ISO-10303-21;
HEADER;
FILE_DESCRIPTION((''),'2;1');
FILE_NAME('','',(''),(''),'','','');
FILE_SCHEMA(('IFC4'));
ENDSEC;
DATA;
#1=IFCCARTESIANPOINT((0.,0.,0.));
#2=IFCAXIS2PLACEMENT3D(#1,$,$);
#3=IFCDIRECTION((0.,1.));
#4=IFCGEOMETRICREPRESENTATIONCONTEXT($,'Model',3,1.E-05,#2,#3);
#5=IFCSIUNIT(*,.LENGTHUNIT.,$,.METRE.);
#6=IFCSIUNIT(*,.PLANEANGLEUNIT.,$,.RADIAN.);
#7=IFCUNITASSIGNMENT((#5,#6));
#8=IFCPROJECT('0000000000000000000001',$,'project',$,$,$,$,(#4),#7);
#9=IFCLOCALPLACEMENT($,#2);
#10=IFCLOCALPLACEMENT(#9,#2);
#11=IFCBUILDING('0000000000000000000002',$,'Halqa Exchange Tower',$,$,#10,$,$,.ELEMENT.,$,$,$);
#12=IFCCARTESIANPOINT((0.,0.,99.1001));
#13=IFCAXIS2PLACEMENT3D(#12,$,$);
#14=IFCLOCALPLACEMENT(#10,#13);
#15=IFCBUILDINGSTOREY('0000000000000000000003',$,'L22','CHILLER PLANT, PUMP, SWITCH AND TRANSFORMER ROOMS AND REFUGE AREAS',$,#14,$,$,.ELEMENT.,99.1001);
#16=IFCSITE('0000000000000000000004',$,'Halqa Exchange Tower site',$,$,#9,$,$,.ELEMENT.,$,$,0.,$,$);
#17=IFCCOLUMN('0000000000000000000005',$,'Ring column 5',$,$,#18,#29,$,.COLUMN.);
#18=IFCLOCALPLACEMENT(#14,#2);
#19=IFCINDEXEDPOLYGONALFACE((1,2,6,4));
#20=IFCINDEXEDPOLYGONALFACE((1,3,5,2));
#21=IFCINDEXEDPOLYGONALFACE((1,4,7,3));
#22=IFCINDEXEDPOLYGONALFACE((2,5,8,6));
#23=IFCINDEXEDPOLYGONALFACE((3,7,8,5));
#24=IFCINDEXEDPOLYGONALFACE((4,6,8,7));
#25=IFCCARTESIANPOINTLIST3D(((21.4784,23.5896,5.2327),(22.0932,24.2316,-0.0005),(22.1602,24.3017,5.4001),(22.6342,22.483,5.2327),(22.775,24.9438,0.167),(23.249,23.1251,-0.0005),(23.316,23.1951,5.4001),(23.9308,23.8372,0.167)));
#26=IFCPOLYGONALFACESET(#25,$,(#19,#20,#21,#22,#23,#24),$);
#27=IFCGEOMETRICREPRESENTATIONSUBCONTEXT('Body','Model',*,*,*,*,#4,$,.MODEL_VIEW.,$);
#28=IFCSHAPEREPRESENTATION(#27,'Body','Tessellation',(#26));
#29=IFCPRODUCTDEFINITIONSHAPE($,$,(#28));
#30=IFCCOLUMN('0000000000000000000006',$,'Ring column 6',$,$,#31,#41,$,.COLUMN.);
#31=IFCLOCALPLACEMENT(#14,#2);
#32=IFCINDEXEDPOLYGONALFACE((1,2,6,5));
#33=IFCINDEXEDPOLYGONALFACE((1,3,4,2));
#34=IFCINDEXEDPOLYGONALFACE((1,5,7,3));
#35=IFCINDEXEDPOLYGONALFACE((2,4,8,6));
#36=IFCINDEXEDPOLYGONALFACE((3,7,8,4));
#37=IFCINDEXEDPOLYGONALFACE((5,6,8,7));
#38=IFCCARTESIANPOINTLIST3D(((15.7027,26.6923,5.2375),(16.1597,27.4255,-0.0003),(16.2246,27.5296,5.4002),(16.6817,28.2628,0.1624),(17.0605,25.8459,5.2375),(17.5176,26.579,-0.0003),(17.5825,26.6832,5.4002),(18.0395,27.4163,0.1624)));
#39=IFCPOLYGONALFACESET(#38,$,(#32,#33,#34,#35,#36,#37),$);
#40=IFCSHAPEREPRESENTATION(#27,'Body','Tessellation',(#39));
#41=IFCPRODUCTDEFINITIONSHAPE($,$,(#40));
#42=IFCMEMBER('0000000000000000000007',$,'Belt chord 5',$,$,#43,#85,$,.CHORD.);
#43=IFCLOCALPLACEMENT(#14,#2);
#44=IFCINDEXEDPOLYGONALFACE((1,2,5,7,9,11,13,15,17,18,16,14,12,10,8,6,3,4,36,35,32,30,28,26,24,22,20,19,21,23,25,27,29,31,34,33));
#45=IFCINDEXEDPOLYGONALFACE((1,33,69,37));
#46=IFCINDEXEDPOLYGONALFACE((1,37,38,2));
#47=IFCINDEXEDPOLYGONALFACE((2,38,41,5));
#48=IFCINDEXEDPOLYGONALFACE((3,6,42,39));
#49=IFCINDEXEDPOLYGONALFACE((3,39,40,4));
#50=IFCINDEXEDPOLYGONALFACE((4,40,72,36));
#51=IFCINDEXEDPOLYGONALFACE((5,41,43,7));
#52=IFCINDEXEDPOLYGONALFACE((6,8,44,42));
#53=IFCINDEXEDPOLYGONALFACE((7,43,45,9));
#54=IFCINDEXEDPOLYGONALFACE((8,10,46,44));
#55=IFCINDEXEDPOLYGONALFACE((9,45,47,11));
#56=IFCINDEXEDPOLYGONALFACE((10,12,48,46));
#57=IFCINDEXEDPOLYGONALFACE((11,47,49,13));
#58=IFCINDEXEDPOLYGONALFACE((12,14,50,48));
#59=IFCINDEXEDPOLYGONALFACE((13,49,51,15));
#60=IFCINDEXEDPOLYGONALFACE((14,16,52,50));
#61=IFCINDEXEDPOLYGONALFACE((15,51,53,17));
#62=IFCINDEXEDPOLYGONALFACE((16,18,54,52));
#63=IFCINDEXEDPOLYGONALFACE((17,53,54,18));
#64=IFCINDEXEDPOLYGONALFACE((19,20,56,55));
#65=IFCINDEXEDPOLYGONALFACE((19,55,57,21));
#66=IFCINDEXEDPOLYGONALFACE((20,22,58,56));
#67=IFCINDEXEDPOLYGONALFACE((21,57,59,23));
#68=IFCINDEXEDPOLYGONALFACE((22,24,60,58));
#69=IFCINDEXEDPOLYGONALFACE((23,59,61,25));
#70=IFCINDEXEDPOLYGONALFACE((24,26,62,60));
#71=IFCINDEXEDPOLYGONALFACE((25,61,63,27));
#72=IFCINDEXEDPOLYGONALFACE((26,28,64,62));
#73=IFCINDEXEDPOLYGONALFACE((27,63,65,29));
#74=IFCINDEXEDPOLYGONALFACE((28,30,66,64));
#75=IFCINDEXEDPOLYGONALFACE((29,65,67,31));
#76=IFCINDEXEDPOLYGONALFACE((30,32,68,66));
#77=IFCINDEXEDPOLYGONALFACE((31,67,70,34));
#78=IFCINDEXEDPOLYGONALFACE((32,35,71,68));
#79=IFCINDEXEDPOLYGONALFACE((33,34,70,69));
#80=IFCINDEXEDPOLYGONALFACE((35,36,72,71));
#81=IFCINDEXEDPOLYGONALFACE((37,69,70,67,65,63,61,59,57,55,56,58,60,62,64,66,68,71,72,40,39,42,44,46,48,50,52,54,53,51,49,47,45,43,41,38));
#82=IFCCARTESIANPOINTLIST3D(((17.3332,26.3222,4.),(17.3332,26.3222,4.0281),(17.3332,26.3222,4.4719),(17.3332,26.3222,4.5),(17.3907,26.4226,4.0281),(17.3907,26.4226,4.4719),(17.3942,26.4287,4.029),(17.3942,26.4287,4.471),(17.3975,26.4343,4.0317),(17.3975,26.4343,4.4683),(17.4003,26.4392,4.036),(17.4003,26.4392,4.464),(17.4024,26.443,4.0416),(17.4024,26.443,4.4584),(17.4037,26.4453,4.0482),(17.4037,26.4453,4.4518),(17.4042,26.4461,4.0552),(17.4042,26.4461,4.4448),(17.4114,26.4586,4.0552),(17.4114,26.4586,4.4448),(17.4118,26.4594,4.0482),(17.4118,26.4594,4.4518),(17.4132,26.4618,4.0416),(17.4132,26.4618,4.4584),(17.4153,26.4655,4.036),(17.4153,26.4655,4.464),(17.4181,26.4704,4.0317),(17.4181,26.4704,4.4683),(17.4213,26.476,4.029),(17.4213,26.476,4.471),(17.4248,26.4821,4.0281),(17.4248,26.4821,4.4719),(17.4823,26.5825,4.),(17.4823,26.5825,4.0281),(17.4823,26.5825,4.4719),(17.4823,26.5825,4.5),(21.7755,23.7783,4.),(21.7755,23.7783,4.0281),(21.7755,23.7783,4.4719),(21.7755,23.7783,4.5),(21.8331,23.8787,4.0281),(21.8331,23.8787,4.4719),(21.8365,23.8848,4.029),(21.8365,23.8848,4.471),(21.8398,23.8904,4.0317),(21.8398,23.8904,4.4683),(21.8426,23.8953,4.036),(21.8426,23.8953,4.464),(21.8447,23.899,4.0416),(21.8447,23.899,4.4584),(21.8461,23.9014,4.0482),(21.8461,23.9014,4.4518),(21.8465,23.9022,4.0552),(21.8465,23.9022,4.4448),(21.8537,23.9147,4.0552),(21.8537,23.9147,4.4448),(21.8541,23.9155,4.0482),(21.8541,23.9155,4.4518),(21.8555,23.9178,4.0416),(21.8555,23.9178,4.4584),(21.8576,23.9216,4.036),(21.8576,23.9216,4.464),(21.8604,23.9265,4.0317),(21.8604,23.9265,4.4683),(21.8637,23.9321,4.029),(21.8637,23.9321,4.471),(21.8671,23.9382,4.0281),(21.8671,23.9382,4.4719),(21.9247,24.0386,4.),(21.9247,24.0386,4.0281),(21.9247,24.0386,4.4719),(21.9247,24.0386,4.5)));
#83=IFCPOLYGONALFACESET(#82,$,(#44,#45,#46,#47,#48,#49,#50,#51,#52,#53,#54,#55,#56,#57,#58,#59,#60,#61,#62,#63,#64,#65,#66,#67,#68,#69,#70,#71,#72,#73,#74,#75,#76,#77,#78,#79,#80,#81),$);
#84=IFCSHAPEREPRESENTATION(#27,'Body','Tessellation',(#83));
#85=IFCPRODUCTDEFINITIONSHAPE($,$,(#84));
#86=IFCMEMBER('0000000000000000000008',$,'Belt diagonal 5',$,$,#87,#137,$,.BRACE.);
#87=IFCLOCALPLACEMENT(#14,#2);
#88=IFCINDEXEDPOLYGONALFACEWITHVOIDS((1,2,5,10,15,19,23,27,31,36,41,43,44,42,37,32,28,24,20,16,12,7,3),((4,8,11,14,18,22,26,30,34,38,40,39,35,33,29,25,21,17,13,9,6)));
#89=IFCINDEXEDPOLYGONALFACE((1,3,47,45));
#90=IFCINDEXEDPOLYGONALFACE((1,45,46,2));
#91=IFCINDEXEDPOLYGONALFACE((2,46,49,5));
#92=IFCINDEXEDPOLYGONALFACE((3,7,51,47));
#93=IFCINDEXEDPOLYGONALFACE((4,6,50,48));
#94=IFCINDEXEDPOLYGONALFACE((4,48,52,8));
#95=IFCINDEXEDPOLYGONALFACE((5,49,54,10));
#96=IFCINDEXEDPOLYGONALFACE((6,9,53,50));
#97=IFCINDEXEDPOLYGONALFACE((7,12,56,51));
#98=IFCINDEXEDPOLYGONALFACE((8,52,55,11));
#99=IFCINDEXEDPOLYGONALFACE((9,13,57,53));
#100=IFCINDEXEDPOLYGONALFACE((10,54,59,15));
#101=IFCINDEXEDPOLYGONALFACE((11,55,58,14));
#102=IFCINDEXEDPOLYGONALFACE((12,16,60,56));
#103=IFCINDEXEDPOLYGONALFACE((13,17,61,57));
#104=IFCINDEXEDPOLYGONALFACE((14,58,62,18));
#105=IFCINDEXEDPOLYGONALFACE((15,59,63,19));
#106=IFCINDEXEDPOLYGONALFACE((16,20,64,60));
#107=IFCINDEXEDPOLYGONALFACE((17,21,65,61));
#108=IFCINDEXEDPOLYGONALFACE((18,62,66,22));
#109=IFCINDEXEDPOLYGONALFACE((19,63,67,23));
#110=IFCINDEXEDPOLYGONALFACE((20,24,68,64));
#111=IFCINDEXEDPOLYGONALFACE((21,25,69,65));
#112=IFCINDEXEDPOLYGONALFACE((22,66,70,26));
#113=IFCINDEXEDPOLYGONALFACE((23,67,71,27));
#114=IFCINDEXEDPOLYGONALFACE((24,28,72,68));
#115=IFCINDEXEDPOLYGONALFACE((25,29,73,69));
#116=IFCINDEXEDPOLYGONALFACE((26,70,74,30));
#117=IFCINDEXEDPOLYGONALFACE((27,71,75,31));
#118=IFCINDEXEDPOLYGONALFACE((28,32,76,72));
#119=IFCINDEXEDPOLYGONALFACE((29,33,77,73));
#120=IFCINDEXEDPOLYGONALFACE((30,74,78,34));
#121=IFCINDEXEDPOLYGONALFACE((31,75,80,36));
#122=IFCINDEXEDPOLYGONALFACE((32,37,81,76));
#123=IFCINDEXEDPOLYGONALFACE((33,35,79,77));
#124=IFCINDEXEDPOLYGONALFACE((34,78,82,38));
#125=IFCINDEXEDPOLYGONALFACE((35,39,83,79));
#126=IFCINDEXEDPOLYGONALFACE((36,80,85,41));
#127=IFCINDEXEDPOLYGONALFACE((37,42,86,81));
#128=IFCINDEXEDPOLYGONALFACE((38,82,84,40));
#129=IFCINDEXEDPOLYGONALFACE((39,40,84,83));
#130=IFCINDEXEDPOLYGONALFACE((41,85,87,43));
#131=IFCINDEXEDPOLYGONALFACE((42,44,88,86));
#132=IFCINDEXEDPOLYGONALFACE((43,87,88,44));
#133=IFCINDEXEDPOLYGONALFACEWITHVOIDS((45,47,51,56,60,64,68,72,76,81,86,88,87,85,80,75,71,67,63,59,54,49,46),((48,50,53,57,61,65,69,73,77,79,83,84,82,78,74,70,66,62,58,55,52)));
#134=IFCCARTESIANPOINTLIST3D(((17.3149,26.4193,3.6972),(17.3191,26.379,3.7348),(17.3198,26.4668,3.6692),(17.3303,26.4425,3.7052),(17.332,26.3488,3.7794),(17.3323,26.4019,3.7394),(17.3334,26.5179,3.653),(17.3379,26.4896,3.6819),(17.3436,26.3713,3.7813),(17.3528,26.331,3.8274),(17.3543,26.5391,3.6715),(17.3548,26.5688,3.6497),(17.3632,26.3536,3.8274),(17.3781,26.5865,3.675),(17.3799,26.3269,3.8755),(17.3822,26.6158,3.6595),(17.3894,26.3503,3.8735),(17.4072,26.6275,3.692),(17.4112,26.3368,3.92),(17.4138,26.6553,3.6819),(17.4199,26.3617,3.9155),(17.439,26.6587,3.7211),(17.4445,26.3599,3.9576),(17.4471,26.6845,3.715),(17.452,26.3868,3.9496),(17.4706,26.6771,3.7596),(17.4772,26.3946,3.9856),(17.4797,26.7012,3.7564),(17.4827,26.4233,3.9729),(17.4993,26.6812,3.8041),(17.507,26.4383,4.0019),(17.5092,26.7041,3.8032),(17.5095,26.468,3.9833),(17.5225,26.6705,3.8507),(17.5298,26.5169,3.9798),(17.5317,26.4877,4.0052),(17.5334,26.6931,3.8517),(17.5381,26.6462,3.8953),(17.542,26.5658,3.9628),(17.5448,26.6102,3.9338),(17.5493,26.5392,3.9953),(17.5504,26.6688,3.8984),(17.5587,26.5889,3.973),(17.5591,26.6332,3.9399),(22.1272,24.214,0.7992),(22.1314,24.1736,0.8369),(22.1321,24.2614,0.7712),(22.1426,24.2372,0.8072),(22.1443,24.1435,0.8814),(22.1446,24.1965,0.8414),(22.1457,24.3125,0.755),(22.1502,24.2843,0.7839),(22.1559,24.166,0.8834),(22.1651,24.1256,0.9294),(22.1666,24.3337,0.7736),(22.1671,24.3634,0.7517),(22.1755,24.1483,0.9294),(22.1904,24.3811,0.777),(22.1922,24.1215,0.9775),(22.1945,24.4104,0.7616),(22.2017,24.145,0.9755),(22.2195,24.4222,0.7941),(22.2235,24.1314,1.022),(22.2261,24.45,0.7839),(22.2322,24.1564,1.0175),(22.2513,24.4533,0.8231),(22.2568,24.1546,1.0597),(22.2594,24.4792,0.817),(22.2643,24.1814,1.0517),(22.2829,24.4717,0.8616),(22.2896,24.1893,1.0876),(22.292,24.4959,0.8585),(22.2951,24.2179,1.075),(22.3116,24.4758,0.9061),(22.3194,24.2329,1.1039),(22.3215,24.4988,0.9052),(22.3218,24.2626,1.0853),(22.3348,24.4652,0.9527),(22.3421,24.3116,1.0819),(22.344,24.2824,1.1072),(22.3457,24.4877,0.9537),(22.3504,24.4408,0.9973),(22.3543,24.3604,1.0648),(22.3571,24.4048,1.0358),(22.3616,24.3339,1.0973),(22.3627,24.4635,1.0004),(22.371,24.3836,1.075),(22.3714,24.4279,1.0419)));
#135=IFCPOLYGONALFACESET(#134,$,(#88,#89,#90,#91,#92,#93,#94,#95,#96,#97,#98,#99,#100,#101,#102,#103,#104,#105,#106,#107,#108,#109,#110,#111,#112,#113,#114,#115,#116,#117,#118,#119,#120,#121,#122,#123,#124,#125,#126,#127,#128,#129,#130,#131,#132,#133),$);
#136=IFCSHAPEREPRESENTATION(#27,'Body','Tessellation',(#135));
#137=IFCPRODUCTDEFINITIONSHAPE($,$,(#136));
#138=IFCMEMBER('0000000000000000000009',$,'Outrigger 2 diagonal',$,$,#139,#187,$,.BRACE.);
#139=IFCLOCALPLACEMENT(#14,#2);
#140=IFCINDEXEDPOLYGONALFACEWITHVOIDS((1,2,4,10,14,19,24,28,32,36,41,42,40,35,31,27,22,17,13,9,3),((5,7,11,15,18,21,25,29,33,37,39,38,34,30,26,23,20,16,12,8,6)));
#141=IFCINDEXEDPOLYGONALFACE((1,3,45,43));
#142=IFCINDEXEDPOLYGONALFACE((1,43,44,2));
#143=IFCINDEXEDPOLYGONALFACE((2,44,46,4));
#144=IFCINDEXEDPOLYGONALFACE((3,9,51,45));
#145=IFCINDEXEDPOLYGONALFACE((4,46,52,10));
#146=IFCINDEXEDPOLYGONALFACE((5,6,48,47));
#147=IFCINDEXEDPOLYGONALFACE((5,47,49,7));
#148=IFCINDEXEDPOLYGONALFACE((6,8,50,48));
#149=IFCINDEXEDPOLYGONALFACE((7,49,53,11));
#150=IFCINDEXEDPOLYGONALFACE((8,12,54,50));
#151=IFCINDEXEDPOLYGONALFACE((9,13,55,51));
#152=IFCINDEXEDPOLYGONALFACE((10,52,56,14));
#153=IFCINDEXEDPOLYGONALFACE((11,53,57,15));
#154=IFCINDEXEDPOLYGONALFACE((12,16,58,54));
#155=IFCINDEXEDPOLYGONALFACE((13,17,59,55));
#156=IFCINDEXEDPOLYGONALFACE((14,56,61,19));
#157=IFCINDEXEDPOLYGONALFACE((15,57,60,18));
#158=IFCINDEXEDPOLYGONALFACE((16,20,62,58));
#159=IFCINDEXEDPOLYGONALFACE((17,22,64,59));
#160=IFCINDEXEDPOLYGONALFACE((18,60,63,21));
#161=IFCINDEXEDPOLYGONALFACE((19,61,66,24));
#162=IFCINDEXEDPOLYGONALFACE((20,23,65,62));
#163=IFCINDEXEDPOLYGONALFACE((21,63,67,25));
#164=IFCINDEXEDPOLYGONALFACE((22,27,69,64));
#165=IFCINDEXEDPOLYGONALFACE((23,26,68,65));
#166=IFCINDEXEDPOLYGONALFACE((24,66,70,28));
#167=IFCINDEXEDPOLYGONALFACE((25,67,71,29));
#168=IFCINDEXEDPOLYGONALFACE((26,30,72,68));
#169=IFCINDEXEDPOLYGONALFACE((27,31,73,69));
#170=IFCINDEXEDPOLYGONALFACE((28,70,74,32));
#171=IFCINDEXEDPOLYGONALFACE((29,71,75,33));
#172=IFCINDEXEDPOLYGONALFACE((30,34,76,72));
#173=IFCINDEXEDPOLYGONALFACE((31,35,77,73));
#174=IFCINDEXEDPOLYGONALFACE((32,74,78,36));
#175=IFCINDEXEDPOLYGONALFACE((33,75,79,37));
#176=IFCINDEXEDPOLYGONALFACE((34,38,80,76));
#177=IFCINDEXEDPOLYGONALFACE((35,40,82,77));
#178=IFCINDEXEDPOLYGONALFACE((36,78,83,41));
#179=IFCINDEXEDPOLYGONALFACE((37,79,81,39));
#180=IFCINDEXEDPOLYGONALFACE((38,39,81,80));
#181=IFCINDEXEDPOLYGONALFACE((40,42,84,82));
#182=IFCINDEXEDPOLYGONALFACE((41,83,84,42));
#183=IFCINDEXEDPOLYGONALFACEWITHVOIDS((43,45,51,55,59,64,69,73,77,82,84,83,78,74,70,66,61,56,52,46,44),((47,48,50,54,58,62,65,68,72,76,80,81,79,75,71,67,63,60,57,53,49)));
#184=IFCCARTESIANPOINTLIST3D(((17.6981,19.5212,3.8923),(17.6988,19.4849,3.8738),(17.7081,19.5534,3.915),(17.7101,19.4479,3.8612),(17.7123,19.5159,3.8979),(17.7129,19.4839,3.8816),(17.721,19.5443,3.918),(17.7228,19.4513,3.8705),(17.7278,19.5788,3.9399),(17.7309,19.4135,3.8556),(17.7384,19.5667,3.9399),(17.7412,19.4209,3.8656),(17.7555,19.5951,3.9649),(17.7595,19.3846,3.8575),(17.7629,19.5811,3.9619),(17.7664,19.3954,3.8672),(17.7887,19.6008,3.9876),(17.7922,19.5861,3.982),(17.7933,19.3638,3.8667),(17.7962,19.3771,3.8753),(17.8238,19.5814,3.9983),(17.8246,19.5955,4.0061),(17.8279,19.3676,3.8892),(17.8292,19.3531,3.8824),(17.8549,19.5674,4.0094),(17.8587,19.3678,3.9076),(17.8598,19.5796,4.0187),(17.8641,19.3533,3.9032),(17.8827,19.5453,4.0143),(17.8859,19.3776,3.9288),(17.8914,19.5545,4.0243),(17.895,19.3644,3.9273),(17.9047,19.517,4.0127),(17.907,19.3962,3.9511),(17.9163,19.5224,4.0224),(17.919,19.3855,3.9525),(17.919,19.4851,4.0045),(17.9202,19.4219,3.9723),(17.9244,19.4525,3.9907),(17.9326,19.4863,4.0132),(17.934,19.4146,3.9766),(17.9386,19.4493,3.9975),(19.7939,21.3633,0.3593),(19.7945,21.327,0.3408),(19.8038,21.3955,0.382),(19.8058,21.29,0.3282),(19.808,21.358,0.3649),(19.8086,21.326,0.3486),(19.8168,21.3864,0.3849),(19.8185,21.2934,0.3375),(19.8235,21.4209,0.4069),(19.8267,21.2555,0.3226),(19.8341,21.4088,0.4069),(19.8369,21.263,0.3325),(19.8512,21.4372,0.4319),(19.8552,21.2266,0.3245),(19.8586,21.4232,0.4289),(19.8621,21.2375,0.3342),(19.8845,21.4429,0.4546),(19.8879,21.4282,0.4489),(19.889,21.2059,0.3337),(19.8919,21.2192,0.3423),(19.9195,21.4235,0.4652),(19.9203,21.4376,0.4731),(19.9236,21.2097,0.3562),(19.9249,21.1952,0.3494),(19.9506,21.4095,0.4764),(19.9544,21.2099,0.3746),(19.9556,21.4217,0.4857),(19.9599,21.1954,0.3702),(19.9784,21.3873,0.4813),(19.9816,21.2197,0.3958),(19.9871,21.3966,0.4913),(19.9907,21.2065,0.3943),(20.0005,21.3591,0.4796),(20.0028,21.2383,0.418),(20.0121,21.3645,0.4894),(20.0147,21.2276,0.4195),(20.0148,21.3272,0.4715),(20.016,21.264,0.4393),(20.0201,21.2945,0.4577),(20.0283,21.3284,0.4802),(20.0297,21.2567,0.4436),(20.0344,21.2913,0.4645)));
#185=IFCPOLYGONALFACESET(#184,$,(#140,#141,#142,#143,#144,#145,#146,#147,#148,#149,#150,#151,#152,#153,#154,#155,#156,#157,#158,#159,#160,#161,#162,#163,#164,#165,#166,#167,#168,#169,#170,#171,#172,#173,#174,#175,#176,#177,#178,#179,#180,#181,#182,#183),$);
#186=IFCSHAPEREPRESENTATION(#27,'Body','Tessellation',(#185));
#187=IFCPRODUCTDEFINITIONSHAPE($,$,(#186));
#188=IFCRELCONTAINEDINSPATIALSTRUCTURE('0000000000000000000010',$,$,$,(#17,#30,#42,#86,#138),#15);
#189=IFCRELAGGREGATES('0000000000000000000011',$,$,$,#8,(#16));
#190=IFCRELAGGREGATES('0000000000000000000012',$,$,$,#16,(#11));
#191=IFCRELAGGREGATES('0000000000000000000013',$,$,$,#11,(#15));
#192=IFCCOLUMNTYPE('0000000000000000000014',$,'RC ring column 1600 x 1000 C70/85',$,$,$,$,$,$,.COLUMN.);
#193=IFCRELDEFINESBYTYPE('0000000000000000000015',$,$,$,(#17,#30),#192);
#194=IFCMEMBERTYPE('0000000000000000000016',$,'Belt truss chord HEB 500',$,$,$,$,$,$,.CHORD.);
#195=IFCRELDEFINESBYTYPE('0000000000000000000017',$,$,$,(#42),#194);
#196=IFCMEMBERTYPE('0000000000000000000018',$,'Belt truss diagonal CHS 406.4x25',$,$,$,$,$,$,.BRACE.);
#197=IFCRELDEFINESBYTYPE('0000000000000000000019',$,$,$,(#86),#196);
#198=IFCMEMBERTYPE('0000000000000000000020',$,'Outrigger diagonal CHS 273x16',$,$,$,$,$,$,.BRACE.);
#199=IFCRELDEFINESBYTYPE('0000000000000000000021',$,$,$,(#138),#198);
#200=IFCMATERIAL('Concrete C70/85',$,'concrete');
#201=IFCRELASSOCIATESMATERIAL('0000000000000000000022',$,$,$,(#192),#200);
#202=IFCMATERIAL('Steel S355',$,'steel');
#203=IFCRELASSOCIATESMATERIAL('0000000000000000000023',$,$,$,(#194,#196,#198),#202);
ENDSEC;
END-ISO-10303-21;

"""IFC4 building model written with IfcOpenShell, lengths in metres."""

from ifc_helpers import new_model, si_unit, direction, frame, origin, origin_2d, place, context, subcontext, project, spatial, rectangle, hollow_circle, i_section, extrude, material, material_profile, profile_set, type_object, element, save


model = new_model("IFC4")

# Units and contexts
model_context = context("Model", 3, precision=1e-05, world=origin(), true_north=direction((0.0, 1.0)))
body_context = subcontext(model_context, "Body", "Model", "MODEL_VIEW")
ifc_project = project(units=[si_unit("LENGTHUNIT", "METRE"), si_unit("PLANEANGLEUNIT", "RADIAN")], contexts=[model_context])

# Site, building, storey
site_placement = place(None, origin())
site = spatial("IfcSite", under=ifc_project, at=site_placement, Name="Halqa Exchange Tower site", CompositionType="ELEMENT", RefElevation=0.0)
building_placement = place(site_placement, origin())
building = spatial("IfcBuilding", under=site, at=building_placement, Name="Halqa Exchange Tower", CompositionType="ELEMENT")
storey_placement = place(building_placement, frame((0.0, 0.0, 99.1001)))
storey = spatial("IfcBuildingStorey", under=building, at=storey_placement, Name="L22", Description="CHILLER PLANT, PUMP, SWITCH AND TRANSFORMER ROOMS AND REFUGE AREAS", CompositionType="ELEMENT", Elevation=99.1001)

# Columns
ifc_material_1 = material(Name="Concrete C70/85", Category="concrete")
ifc_material_profile_1 = material_profile(ifc_material_1, rectangle(XDim=1.6001, YDim=1.0, at=origin_2d()), Name="1600 x 1000")
ifc_profile_set_1 = profile_set([ifc_material_profile_1], Name="Concrete C70/85")
column_type = type_object("IfcColumnType", Name="RC ring column 1600 x 1000 C70/85", PredefinedType="COLUMN", material=ifc_profile_set_1)
column_1_placement = place(storey_placement, frame((23.012, 24.0344, 0.0833), z_axis=(-0.115812, -0.120964, 0.985878), x_axis=(0.72232, -0.691559, 0.0)))
element("IfcColumn", 1, at=column_1_placement, inside=storey, type_object=column_type, Name="Ring column 5", PredefinedType="COLUMN", context=body_context, shape_type="SweptSolid", body=[
    extrude(rectangle(XDim=1.6001, YDim=1.0, at=origin_2d()), origin(), (0.0, 0.0, 1.0), 5.3081),
])
column_2_placement = place(storey_placement, frame((17.0996, 27.4209, 0.0811), z_axis=(-0.086093, -0.138108, 0.986668), x_axis=(0.848617, -0.529008, 0.0)))
element("IfcColumn", 2, at=column_2_placement, inside=storey, type_object=column_type, Name="Ring column 6", PredefinedType="COLUMN", context=body_context, shape_type="SweptSolid", body=[
    extrude(rectangle(XDim=1.6001, YDim=1.0, at=origin_2d()), origin(), (0.0, 0.0, 1.0), 5.3086),
])

# Members
ifc_material_2 = material(Name="Steel S355", Category="steel")
ifc_material_profile_2 = material_profile(ifc_material_2, i_section(OverallWidth=0.3, OverallDepth=0.5, WebThickness=0.0144, FlangeThickness=0.0281, FilletRadius=0.0271, at=origin_2d()), Name="HEB 500")
ifc_profile_set_2 = profile_set([ifc_material_profile_2], Name="Steel S355")
member_type_1 = type_object("IfcMemberType", Name="Belt truss chord HEB 500", PredefinedType="CHORD", material=ifc_profile_set_2)
member_1_placement = place(storey_placement, frame((21.8501, 23.9084, 4.25), z_axis=(-0.867785, 0.49694, 0.0), x_axis=(-0.49694, -0.867785, 0.0)))
element("IfcMember", 3, at=member_1_placement, inside=storey, type_object=member_type_1, Name="Belt chord 5", PredefinedType="CHORD", context=body_context, shape_type="SweptSolid", body=[
    extrude(i_section(OverallWidth=0.3, OverallDepth=0.5, WebThickness=0.0144, FlangeThickness=0.0281, FilletRadius=0.0271, at=origin_2d()), origin(), (0.0, 0.0, 1.0), 5.1191),
])
ifc_material_profile_3 = material_profile(ifc_material_2, hollow_circle(Radius=0.2031, WallThickness=0.0249, at=origin_2d()), Name="CHS 406.4x25")
ifc_profile_set_3 = profile_set([ifc_material_profile_3], Name="Steel S355")
member_type_2 = type_object("IfcMemberType", Name="Belt truss diagonal CHS 406.4x25", PredefinedType="BRACE", material=ifc_profile_set_3)
member_2_placement = place(storey_placement, frame((22.2498, 24.3103, 0.9294), z_axis=(-0.797412, 0.365431, 0.480203), x_axis=(-0.416609, -0.909086, 0.0)))
element("IfcMember", 4, at=member_2_placement, inside=storey, type_object=member_type_2, Name="Belt diagonal 5", PredefinedType="BRACE", context=body_context, shape_type="SweptSolid", body=[
    extrude(hollow_circle(Radius=0.2031, WallThickness=0.0249, at=origin_2d()), origin(), (0.0, 0.0, 1.0), 6.0349),
])
ifc_material_profile_4 = material_profile(ifc_material_2, hollow_circle(Radius=0.1365, WallThickness=0.0161, at=origin_2d()), Name="CHS 273x16")
ifc_profile_set_4 = profile_set([ifc_material_profile_4], Name="Steel S355")
member_type_3 = type_object("IfcMemberType", Name="Outrigger diagonal CHS 273x16", PredefinedType="BRACE", material=ifc_profile_set_4)
member_3_placement = place(storey_placement, frame((17.8179, 19.4763, 3.9399), z_axis=(0.465518, 0.409172, -0.784775), x_axis=(-0.660188, 0.7511, 0.0)))
element("IfcMember", 5, at=member_3_placement, inside=storey, type_object=member_type_3, Name="Outrigger 2 diagonal", PredefinedType="BRACE", context=body_context, shape_type="SweptSolid", body=[
    extrude(hollow_circle(Radius=0.1365, WallThickness=0.0161, at=origin_2d()), origin(), (0.0, 0.0, 1.0), 4.502),
])

save(model, "model.ifc")
